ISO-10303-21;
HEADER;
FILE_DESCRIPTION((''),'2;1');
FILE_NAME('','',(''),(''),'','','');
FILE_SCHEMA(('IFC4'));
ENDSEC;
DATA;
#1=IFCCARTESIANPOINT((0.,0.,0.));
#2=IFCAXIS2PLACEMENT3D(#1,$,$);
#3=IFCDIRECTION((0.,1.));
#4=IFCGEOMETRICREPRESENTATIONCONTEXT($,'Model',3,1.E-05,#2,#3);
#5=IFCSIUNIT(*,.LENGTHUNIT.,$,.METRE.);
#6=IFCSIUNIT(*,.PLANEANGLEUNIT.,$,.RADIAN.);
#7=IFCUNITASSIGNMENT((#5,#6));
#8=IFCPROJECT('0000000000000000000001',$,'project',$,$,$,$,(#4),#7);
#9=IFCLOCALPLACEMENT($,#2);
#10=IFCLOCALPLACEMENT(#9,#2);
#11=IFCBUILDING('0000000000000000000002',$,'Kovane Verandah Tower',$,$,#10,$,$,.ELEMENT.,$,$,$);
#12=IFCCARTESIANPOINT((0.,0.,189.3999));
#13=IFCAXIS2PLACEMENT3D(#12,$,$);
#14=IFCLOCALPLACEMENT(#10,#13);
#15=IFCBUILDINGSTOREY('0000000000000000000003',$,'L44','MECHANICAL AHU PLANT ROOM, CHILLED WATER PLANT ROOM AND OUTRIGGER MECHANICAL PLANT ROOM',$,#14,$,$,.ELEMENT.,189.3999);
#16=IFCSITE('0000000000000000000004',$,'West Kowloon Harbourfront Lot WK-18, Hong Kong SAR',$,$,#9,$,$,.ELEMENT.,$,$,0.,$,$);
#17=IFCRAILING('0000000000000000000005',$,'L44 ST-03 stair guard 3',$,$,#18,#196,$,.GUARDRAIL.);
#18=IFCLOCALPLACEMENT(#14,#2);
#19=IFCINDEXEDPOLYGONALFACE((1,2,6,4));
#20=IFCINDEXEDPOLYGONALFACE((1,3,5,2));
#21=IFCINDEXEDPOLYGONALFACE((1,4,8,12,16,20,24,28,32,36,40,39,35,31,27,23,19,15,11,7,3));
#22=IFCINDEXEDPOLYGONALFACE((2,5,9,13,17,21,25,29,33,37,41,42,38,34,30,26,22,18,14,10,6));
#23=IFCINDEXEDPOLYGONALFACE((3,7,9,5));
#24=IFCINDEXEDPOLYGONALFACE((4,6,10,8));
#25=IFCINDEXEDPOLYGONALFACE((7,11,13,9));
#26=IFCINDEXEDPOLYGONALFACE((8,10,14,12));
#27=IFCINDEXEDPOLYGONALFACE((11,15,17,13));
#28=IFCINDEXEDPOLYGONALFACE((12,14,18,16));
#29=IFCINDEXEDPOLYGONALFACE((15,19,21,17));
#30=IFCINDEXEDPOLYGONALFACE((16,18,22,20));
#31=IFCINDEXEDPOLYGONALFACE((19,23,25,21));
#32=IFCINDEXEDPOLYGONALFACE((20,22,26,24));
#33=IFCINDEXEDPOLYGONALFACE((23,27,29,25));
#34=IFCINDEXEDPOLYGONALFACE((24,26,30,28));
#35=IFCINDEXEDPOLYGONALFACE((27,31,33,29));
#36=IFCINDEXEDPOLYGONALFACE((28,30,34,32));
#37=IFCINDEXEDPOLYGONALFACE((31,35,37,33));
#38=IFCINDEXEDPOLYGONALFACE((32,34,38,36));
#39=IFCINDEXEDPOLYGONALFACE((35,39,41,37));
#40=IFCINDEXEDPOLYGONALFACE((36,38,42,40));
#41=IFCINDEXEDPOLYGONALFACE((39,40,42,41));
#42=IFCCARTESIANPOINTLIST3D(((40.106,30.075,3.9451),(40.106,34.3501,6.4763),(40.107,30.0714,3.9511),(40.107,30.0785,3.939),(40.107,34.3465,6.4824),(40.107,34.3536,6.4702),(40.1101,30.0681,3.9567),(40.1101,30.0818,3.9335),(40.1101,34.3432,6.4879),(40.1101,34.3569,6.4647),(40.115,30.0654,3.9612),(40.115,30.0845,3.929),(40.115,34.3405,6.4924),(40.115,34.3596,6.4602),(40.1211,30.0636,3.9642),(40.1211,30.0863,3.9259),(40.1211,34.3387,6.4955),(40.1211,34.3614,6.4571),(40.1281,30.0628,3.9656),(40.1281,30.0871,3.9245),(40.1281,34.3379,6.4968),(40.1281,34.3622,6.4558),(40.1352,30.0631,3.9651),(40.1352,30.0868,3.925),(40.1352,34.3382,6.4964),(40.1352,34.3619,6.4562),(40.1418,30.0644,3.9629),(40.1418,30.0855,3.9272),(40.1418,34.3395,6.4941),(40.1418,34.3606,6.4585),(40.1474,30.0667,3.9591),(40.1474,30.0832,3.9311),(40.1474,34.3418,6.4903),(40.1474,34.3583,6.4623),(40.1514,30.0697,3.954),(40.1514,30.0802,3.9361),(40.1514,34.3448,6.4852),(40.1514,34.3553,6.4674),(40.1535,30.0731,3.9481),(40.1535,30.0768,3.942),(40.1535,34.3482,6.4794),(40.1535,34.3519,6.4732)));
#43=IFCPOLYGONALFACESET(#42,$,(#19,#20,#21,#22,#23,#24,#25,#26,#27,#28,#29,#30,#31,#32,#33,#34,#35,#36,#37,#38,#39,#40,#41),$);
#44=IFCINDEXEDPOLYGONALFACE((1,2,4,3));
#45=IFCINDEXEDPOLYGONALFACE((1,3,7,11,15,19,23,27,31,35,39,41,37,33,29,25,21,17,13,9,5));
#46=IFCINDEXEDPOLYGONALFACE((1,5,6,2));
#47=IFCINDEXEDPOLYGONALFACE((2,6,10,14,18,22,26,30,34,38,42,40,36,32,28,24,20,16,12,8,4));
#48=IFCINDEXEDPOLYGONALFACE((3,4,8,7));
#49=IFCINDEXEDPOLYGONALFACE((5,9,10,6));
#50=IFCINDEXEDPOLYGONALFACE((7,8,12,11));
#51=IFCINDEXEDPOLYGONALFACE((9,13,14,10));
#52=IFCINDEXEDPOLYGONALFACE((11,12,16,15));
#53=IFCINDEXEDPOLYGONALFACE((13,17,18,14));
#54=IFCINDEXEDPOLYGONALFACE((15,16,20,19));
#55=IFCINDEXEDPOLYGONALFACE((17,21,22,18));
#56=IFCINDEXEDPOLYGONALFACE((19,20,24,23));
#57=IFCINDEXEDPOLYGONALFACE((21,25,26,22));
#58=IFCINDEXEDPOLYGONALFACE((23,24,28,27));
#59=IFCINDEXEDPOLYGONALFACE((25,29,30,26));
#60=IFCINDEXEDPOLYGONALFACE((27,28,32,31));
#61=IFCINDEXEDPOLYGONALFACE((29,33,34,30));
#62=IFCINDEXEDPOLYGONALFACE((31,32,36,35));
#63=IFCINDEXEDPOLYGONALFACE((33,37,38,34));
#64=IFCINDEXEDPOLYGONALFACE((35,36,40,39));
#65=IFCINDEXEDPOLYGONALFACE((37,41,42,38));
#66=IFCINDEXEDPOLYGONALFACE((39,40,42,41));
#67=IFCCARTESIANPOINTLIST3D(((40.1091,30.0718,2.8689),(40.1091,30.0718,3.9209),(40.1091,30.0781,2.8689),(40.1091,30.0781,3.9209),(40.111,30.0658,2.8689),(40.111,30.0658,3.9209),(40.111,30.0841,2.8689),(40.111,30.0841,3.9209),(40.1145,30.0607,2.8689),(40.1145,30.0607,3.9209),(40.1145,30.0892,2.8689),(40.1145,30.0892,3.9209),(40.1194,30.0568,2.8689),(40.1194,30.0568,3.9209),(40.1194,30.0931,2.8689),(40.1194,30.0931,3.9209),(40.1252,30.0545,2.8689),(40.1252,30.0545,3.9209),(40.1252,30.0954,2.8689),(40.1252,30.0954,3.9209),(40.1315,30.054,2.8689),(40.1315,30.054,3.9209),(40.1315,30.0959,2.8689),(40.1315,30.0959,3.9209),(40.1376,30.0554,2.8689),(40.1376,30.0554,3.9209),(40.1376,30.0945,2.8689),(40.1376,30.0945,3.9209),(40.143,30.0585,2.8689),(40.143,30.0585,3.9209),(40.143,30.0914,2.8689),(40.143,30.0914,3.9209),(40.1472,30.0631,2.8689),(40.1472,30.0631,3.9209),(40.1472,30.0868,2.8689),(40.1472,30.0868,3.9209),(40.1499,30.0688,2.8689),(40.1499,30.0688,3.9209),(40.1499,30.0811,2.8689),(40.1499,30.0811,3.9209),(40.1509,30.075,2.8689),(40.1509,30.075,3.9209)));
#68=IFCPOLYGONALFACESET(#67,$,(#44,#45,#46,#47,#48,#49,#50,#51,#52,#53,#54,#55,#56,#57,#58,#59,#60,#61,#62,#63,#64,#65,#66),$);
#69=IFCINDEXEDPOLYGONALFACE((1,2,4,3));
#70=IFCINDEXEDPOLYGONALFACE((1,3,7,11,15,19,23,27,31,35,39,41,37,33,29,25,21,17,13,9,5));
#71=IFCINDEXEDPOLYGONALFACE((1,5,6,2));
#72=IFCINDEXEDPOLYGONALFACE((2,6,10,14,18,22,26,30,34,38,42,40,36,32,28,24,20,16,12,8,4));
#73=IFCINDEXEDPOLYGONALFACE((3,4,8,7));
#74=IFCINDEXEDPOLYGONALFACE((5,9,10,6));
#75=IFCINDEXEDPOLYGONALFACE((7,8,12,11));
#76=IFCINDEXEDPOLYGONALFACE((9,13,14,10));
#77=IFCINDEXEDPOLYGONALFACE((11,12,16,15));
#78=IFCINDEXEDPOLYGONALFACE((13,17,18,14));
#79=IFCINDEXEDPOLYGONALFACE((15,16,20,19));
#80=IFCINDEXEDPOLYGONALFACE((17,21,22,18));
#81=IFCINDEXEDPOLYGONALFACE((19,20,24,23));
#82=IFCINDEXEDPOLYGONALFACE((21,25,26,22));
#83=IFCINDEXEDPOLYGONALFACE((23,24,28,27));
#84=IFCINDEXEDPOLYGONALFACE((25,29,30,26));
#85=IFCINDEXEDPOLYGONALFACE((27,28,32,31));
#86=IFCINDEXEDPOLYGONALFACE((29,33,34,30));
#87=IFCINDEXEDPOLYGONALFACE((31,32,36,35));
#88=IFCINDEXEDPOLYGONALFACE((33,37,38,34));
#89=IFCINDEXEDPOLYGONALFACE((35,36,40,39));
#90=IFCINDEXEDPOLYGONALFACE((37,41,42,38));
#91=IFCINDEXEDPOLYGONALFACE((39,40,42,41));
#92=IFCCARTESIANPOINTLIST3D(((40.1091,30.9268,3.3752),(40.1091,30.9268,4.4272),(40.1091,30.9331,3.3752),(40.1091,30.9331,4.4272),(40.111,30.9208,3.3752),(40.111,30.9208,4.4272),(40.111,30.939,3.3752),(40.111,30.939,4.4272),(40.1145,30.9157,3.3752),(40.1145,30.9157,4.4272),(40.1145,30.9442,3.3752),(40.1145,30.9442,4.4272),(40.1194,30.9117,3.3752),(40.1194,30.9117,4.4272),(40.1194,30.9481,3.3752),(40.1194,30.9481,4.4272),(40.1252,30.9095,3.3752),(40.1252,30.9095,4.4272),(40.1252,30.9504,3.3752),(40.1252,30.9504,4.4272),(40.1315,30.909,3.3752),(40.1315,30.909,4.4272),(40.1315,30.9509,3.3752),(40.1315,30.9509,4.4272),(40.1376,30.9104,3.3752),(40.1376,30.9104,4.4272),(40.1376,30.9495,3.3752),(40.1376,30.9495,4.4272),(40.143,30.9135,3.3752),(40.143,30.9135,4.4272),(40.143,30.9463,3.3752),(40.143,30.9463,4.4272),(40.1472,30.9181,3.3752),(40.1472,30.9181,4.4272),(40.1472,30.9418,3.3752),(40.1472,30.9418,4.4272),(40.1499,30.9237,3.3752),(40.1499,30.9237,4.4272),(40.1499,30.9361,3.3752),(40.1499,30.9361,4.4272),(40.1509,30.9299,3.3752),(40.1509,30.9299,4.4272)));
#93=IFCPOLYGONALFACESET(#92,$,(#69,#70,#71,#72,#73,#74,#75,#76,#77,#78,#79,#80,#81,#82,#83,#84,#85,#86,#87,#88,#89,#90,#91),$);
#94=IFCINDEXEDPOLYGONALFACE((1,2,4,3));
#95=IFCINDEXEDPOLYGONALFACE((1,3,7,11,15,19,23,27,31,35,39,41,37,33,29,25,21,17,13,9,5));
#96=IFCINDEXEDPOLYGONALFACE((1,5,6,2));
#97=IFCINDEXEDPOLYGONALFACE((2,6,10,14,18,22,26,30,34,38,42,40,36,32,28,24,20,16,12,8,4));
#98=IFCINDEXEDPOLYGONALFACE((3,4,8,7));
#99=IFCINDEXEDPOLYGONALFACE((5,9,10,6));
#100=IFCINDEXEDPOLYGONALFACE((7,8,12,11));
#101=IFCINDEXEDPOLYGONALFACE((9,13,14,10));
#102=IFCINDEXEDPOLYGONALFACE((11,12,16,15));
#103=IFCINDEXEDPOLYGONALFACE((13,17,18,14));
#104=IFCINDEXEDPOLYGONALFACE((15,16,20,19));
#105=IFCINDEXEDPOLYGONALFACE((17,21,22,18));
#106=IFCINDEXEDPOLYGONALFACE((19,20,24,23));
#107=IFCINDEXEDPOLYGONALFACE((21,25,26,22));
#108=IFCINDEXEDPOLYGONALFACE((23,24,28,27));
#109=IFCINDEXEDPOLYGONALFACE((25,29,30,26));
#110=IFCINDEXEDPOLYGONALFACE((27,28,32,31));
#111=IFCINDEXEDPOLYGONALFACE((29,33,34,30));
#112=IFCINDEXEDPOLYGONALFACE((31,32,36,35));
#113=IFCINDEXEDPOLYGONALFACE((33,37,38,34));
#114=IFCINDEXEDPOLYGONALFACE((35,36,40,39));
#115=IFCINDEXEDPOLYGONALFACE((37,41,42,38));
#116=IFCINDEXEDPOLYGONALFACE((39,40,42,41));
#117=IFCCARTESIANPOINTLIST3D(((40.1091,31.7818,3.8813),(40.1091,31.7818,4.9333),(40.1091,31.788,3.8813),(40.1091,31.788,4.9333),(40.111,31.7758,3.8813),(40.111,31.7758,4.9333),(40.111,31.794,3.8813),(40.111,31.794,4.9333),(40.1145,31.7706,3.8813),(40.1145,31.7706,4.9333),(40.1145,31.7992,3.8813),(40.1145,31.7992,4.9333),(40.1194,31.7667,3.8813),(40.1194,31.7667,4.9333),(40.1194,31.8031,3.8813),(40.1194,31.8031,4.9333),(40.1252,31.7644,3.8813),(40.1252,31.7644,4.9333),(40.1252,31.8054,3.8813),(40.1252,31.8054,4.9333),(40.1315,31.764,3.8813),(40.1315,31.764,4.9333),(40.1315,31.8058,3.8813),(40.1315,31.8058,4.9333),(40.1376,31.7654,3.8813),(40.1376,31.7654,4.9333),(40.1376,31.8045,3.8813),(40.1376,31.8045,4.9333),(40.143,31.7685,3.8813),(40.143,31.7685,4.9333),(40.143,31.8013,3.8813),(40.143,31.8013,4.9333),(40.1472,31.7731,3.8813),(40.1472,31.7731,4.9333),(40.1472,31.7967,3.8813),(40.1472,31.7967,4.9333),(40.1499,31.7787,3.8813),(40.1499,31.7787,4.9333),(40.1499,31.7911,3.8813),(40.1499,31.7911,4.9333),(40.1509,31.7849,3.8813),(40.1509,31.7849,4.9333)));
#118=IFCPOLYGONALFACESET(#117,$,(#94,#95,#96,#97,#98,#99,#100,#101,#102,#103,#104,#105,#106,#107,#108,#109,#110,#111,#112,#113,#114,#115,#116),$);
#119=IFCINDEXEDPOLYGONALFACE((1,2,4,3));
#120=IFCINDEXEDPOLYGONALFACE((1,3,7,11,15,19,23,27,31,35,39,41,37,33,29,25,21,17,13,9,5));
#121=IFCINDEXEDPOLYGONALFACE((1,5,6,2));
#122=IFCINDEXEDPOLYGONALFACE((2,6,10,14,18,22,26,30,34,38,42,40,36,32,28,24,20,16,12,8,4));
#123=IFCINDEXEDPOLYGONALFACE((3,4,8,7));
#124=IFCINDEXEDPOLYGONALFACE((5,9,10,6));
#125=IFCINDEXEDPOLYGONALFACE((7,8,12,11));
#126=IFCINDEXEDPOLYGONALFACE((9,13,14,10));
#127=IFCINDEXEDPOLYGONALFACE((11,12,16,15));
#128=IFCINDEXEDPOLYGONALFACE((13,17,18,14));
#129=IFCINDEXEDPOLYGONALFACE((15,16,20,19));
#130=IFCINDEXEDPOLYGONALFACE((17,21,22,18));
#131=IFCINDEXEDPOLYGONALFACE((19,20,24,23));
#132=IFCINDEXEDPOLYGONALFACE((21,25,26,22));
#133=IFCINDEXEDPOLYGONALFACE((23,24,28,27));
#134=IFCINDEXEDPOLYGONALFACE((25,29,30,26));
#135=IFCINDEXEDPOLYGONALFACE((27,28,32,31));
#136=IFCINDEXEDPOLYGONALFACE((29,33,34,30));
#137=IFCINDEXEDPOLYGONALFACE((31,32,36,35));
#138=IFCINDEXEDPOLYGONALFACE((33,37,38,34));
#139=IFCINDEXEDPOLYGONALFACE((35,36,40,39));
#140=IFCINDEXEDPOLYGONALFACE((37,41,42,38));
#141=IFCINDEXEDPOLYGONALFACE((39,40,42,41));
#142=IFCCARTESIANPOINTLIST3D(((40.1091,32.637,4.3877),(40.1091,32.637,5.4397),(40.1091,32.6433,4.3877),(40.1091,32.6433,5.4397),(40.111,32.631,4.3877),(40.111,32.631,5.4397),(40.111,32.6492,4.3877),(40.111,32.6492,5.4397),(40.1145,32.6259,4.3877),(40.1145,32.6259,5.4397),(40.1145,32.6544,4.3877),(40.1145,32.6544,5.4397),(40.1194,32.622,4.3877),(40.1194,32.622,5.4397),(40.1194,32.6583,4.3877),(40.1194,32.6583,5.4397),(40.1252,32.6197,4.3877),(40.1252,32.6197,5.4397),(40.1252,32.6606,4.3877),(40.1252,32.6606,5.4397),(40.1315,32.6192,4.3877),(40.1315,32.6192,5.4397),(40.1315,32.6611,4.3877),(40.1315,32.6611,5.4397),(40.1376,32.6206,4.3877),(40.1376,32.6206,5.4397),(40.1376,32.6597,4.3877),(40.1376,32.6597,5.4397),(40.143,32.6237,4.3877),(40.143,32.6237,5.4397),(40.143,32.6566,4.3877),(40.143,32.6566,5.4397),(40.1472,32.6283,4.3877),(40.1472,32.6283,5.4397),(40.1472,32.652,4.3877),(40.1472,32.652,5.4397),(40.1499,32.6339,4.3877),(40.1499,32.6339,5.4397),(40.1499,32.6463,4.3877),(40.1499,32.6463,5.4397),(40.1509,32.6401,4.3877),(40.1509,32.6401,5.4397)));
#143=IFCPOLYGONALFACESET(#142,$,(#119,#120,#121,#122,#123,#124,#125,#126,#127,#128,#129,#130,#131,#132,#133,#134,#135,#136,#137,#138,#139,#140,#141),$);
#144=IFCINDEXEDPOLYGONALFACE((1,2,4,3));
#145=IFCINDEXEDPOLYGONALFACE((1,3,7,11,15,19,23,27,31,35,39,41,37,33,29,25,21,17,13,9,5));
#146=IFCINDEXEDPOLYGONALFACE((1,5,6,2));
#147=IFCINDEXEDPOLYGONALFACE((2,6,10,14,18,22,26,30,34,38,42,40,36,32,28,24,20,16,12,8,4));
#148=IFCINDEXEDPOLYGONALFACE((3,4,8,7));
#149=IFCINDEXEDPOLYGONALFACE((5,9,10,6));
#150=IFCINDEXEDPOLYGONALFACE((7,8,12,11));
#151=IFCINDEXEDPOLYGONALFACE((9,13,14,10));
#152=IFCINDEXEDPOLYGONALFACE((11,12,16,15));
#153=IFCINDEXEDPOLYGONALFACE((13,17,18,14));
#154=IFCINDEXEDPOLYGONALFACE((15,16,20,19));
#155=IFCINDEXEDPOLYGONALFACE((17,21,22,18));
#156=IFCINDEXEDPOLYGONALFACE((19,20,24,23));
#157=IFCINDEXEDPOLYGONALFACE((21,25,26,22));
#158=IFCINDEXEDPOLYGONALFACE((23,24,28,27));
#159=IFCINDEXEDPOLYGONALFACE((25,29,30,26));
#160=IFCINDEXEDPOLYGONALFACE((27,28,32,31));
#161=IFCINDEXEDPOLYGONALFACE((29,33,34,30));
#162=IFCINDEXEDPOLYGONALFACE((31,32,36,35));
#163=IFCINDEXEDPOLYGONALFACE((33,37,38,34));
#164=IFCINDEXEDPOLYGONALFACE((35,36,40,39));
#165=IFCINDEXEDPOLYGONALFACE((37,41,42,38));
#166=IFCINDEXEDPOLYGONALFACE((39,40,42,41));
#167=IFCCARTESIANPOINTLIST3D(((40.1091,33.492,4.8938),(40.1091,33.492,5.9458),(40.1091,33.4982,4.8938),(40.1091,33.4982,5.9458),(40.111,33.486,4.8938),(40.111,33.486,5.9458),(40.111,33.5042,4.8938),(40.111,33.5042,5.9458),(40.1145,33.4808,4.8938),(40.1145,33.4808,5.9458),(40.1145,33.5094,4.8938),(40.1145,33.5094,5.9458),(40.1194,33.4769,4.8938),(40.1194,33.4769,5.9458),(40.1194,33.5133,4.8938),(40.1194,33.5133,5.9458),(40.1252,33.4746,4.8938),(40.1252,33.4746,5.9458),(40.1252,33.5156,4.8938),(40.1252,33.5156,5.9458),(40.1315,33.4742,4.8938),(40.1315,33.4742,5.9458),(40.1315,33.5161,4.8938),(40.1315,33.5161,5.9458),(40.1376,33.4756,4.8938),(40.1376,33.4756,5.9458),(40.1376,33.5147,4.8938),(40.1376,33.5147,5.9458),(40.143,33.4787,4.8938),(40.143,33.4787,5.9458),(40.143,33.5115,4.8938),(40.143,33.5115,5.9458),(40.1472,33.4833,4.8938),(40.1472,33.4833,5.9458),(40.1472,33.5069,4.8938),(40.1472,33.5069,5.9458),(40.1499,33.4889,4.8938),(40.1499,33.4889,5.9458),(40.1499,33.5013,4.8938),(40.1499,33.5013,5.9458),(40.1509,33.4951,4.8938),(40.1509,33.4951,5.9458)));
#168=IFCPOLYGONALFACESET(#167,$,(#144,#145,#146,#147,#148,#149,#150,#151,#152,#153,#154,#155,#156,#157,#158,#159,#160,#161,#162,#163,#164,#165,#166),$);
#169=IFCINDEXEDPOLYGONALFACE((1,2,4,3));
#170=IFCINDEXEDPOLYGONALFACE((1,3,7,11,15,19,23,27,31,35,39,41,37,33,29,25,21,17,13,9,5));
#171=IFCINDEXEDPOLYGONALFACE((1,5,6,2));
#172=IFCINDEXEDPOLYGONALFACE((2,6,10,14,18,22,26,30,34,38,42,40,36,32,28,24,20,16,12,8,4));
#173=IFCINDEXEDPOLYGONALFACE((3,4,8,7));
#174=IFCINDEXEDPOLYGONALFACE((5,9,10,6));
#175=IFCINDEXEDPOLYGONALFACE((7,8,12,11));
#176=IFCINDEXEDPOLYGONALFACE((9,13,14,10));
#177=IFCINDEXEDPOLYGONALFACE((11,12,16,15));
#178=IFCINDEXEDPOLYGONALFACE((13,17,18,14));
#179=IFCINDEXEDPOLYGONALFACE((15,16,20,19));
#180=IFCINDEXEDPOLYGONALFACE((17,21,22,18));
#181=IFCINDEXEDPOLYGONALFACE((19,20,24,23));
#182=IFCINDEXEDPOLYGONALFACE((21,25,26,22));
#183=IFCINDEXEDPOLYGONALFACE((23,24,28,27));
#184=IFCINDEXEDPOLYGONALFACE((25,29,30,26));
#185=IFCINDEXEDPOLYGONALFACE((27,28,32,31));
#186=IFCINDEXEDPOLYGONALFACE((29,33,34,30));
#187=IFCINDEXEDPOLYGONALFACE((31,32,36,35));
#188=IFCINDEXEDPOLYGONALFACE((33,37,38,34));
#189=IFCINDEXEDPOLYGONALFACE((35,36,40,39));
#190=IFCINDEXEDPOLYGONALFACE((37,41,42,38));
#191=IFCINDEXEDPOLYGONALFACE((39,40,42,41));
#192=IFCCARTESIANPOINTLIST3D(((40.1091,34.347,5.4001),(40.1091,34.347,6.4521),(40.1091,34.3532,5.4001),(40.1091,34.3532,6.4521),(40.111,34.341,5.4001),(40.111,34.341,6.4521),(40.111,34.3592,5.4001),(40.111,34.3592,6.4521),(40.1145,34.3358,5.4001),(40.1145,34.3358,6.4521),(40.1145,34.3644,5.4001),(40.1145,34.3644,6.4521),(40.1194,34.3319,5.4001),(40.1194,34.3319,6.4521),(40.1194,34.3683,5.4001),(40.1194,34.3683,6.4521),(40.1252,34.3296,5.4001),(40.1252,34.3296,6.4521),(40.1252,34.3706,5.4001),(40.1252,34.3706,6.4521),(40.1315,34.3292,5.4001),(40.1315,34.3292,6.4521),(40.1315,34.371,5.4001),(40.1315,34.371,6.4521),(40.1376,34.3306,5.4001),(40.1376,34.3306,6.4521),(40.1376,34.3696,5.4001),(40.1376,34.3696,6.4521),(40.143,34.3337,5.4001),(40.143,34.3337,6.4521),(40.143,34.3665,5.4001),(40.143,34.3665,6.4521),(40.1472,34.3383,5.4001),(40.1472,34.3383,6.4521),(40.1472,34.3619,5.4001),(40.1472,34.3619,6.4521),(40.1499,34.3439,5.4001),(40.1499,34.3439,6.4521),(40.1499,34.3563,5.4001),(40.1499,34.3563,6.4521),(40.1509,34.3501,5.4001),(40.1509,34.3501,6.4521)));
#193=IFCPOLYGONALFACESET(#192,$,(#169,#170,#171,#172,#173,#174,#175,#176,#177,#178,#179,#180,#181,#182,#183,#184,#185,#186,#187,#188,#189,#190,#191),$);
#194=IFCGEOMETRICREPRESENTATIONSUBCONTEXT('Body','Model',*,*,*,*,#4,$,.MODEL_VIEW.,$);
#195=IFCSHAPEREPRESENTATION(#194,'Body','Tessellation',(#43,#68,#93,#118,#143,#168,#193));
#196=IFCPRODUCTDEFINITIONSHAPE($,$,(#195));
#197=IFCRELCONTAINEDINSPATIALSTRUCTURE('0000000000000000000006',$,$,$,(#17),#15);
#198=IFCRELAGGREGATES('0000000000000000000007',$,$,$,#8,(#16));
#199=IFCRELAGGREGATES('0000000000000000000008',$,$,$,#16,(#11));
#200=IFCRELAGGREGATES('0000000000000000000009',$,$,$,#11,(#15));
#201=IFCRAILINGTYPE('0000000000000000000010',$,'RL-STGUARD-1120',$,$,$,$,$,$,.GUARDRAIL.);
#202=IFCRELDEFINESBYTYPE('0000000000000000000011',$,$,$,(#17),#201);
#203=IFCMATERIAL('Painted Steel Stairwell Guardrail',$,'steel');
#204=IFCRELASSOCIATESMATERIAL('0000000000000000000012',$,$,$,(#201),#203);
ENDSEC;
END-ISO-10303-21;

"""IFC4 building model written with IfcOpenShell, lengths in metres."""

from ifc_helpers import new_model, si_unit, direction, frame, origin, origin_2d, place, context, subcontext, project, spatial, circle, extrude, material, type_object, element, save


model = new_model("IFC4")

# Units and contexts
model_context = context("Model", 3, precision=1e-05, world=origin(), true_north=direction((0.0, 1.0)))
body_context = subcontext(model_context, "Body", "Model", "MODEL_VIEW")
ifc_project = project(units=[si_unit("LENGTHUNIT", "METRE"), si_unit("PLANEANGLEUNIT", "RADIAN")], contexts=[model_context])

# Site, building, storey
site_placement = place(None, origin())
site = spatial("IfcSite", under=ifc_project, at=site_placement, Name="West Kowloon Harbourfront Lot WK-18, Hong Kong SAR", CompositionType="ELEMENT", RefElevation=0.0)
building_placement = place(site_placement, origin())
building = spatial("IfcBuilding", under=site, at=building_placement, Name="Kovane Verandah Tower", CompositionType="ELEMENT")
storey_placement = place(building_placement, frame((0.0, 0.0, 189.3999)))
storey = spatial("IfcBuildingStorey", under=building, at=storey_placement, Name="L44", Description="MECHANICAL AHU PLANT ROOM, CHILLED WATER PLANT ROOM AND OUTRIGGER MECHANICAL PLANT ROOM", CompositionType="ELEMENT", Elevation=189.3999)

# Railing
ifc_material_1 = material(Name="Painted Steel Stairwell Guardrail", Category="steel")
railing_type_1 = type_object("IfcRailingType", Name="RL-STGUARD-1120", PredefinedType="GUARDRAIL", material=ifc_material_1)
railing_1_placement = place(storey_placement, frame((40.1299, 30.075, 2.8689)))
element("IfcRailing", 1, at=railing_1_placement, inside=storey, type_object=railing_type_1, Name="L44 ST-03 stair guard 3", PredefinedType="GUARDRAIL", context=body_context, shape_type="SweptSolid", body=[
    extrude(circle(Radius=0.0239, at=origin_2d()), frame((0.0, 0.0, 1.0762), z_axis=(0.0, 0.860483, 0.509479), x_axis=(-1.0, 0.0, 0.0)), (0.0, 0.0, 1.0), 4.9683),
    extrude(circle(Radius=0.021, at=origin_2d()), origin(), (0.0, 0.0, 1.0), 1.052),
    extrude(circle(Radius=0.021, at=origin_2d()), frame((0.0, 0.855, 0.5063)), (0.0, 0.0, 1.0), 1.052),
    extrude(circle(Radius=0.021, at=origin_2d()), frame((0.0, 1.71, 1.0125)), (0.0, 0.0, 1.0), 1.052),
    extrude(circle(Radius=0.021, at=origin_2d()), frame((0.0, 2.5652, 1.5188)), (0.0, 0.0, 1.0), 1.052),
    extrude(circle(Radius=0.021, at=origin_2d()), frame((0.0, 3.4202, 2.0249)), (0.0, 0.0, 1.0), 1.052),
    extrude(circle(Radius=0.021, at=origin_2d()), frame((0.0, 4.2751, 2.5312)), (0.0, 0.0, 1.0), 1.052),
])

save(model, "model.ifc")
